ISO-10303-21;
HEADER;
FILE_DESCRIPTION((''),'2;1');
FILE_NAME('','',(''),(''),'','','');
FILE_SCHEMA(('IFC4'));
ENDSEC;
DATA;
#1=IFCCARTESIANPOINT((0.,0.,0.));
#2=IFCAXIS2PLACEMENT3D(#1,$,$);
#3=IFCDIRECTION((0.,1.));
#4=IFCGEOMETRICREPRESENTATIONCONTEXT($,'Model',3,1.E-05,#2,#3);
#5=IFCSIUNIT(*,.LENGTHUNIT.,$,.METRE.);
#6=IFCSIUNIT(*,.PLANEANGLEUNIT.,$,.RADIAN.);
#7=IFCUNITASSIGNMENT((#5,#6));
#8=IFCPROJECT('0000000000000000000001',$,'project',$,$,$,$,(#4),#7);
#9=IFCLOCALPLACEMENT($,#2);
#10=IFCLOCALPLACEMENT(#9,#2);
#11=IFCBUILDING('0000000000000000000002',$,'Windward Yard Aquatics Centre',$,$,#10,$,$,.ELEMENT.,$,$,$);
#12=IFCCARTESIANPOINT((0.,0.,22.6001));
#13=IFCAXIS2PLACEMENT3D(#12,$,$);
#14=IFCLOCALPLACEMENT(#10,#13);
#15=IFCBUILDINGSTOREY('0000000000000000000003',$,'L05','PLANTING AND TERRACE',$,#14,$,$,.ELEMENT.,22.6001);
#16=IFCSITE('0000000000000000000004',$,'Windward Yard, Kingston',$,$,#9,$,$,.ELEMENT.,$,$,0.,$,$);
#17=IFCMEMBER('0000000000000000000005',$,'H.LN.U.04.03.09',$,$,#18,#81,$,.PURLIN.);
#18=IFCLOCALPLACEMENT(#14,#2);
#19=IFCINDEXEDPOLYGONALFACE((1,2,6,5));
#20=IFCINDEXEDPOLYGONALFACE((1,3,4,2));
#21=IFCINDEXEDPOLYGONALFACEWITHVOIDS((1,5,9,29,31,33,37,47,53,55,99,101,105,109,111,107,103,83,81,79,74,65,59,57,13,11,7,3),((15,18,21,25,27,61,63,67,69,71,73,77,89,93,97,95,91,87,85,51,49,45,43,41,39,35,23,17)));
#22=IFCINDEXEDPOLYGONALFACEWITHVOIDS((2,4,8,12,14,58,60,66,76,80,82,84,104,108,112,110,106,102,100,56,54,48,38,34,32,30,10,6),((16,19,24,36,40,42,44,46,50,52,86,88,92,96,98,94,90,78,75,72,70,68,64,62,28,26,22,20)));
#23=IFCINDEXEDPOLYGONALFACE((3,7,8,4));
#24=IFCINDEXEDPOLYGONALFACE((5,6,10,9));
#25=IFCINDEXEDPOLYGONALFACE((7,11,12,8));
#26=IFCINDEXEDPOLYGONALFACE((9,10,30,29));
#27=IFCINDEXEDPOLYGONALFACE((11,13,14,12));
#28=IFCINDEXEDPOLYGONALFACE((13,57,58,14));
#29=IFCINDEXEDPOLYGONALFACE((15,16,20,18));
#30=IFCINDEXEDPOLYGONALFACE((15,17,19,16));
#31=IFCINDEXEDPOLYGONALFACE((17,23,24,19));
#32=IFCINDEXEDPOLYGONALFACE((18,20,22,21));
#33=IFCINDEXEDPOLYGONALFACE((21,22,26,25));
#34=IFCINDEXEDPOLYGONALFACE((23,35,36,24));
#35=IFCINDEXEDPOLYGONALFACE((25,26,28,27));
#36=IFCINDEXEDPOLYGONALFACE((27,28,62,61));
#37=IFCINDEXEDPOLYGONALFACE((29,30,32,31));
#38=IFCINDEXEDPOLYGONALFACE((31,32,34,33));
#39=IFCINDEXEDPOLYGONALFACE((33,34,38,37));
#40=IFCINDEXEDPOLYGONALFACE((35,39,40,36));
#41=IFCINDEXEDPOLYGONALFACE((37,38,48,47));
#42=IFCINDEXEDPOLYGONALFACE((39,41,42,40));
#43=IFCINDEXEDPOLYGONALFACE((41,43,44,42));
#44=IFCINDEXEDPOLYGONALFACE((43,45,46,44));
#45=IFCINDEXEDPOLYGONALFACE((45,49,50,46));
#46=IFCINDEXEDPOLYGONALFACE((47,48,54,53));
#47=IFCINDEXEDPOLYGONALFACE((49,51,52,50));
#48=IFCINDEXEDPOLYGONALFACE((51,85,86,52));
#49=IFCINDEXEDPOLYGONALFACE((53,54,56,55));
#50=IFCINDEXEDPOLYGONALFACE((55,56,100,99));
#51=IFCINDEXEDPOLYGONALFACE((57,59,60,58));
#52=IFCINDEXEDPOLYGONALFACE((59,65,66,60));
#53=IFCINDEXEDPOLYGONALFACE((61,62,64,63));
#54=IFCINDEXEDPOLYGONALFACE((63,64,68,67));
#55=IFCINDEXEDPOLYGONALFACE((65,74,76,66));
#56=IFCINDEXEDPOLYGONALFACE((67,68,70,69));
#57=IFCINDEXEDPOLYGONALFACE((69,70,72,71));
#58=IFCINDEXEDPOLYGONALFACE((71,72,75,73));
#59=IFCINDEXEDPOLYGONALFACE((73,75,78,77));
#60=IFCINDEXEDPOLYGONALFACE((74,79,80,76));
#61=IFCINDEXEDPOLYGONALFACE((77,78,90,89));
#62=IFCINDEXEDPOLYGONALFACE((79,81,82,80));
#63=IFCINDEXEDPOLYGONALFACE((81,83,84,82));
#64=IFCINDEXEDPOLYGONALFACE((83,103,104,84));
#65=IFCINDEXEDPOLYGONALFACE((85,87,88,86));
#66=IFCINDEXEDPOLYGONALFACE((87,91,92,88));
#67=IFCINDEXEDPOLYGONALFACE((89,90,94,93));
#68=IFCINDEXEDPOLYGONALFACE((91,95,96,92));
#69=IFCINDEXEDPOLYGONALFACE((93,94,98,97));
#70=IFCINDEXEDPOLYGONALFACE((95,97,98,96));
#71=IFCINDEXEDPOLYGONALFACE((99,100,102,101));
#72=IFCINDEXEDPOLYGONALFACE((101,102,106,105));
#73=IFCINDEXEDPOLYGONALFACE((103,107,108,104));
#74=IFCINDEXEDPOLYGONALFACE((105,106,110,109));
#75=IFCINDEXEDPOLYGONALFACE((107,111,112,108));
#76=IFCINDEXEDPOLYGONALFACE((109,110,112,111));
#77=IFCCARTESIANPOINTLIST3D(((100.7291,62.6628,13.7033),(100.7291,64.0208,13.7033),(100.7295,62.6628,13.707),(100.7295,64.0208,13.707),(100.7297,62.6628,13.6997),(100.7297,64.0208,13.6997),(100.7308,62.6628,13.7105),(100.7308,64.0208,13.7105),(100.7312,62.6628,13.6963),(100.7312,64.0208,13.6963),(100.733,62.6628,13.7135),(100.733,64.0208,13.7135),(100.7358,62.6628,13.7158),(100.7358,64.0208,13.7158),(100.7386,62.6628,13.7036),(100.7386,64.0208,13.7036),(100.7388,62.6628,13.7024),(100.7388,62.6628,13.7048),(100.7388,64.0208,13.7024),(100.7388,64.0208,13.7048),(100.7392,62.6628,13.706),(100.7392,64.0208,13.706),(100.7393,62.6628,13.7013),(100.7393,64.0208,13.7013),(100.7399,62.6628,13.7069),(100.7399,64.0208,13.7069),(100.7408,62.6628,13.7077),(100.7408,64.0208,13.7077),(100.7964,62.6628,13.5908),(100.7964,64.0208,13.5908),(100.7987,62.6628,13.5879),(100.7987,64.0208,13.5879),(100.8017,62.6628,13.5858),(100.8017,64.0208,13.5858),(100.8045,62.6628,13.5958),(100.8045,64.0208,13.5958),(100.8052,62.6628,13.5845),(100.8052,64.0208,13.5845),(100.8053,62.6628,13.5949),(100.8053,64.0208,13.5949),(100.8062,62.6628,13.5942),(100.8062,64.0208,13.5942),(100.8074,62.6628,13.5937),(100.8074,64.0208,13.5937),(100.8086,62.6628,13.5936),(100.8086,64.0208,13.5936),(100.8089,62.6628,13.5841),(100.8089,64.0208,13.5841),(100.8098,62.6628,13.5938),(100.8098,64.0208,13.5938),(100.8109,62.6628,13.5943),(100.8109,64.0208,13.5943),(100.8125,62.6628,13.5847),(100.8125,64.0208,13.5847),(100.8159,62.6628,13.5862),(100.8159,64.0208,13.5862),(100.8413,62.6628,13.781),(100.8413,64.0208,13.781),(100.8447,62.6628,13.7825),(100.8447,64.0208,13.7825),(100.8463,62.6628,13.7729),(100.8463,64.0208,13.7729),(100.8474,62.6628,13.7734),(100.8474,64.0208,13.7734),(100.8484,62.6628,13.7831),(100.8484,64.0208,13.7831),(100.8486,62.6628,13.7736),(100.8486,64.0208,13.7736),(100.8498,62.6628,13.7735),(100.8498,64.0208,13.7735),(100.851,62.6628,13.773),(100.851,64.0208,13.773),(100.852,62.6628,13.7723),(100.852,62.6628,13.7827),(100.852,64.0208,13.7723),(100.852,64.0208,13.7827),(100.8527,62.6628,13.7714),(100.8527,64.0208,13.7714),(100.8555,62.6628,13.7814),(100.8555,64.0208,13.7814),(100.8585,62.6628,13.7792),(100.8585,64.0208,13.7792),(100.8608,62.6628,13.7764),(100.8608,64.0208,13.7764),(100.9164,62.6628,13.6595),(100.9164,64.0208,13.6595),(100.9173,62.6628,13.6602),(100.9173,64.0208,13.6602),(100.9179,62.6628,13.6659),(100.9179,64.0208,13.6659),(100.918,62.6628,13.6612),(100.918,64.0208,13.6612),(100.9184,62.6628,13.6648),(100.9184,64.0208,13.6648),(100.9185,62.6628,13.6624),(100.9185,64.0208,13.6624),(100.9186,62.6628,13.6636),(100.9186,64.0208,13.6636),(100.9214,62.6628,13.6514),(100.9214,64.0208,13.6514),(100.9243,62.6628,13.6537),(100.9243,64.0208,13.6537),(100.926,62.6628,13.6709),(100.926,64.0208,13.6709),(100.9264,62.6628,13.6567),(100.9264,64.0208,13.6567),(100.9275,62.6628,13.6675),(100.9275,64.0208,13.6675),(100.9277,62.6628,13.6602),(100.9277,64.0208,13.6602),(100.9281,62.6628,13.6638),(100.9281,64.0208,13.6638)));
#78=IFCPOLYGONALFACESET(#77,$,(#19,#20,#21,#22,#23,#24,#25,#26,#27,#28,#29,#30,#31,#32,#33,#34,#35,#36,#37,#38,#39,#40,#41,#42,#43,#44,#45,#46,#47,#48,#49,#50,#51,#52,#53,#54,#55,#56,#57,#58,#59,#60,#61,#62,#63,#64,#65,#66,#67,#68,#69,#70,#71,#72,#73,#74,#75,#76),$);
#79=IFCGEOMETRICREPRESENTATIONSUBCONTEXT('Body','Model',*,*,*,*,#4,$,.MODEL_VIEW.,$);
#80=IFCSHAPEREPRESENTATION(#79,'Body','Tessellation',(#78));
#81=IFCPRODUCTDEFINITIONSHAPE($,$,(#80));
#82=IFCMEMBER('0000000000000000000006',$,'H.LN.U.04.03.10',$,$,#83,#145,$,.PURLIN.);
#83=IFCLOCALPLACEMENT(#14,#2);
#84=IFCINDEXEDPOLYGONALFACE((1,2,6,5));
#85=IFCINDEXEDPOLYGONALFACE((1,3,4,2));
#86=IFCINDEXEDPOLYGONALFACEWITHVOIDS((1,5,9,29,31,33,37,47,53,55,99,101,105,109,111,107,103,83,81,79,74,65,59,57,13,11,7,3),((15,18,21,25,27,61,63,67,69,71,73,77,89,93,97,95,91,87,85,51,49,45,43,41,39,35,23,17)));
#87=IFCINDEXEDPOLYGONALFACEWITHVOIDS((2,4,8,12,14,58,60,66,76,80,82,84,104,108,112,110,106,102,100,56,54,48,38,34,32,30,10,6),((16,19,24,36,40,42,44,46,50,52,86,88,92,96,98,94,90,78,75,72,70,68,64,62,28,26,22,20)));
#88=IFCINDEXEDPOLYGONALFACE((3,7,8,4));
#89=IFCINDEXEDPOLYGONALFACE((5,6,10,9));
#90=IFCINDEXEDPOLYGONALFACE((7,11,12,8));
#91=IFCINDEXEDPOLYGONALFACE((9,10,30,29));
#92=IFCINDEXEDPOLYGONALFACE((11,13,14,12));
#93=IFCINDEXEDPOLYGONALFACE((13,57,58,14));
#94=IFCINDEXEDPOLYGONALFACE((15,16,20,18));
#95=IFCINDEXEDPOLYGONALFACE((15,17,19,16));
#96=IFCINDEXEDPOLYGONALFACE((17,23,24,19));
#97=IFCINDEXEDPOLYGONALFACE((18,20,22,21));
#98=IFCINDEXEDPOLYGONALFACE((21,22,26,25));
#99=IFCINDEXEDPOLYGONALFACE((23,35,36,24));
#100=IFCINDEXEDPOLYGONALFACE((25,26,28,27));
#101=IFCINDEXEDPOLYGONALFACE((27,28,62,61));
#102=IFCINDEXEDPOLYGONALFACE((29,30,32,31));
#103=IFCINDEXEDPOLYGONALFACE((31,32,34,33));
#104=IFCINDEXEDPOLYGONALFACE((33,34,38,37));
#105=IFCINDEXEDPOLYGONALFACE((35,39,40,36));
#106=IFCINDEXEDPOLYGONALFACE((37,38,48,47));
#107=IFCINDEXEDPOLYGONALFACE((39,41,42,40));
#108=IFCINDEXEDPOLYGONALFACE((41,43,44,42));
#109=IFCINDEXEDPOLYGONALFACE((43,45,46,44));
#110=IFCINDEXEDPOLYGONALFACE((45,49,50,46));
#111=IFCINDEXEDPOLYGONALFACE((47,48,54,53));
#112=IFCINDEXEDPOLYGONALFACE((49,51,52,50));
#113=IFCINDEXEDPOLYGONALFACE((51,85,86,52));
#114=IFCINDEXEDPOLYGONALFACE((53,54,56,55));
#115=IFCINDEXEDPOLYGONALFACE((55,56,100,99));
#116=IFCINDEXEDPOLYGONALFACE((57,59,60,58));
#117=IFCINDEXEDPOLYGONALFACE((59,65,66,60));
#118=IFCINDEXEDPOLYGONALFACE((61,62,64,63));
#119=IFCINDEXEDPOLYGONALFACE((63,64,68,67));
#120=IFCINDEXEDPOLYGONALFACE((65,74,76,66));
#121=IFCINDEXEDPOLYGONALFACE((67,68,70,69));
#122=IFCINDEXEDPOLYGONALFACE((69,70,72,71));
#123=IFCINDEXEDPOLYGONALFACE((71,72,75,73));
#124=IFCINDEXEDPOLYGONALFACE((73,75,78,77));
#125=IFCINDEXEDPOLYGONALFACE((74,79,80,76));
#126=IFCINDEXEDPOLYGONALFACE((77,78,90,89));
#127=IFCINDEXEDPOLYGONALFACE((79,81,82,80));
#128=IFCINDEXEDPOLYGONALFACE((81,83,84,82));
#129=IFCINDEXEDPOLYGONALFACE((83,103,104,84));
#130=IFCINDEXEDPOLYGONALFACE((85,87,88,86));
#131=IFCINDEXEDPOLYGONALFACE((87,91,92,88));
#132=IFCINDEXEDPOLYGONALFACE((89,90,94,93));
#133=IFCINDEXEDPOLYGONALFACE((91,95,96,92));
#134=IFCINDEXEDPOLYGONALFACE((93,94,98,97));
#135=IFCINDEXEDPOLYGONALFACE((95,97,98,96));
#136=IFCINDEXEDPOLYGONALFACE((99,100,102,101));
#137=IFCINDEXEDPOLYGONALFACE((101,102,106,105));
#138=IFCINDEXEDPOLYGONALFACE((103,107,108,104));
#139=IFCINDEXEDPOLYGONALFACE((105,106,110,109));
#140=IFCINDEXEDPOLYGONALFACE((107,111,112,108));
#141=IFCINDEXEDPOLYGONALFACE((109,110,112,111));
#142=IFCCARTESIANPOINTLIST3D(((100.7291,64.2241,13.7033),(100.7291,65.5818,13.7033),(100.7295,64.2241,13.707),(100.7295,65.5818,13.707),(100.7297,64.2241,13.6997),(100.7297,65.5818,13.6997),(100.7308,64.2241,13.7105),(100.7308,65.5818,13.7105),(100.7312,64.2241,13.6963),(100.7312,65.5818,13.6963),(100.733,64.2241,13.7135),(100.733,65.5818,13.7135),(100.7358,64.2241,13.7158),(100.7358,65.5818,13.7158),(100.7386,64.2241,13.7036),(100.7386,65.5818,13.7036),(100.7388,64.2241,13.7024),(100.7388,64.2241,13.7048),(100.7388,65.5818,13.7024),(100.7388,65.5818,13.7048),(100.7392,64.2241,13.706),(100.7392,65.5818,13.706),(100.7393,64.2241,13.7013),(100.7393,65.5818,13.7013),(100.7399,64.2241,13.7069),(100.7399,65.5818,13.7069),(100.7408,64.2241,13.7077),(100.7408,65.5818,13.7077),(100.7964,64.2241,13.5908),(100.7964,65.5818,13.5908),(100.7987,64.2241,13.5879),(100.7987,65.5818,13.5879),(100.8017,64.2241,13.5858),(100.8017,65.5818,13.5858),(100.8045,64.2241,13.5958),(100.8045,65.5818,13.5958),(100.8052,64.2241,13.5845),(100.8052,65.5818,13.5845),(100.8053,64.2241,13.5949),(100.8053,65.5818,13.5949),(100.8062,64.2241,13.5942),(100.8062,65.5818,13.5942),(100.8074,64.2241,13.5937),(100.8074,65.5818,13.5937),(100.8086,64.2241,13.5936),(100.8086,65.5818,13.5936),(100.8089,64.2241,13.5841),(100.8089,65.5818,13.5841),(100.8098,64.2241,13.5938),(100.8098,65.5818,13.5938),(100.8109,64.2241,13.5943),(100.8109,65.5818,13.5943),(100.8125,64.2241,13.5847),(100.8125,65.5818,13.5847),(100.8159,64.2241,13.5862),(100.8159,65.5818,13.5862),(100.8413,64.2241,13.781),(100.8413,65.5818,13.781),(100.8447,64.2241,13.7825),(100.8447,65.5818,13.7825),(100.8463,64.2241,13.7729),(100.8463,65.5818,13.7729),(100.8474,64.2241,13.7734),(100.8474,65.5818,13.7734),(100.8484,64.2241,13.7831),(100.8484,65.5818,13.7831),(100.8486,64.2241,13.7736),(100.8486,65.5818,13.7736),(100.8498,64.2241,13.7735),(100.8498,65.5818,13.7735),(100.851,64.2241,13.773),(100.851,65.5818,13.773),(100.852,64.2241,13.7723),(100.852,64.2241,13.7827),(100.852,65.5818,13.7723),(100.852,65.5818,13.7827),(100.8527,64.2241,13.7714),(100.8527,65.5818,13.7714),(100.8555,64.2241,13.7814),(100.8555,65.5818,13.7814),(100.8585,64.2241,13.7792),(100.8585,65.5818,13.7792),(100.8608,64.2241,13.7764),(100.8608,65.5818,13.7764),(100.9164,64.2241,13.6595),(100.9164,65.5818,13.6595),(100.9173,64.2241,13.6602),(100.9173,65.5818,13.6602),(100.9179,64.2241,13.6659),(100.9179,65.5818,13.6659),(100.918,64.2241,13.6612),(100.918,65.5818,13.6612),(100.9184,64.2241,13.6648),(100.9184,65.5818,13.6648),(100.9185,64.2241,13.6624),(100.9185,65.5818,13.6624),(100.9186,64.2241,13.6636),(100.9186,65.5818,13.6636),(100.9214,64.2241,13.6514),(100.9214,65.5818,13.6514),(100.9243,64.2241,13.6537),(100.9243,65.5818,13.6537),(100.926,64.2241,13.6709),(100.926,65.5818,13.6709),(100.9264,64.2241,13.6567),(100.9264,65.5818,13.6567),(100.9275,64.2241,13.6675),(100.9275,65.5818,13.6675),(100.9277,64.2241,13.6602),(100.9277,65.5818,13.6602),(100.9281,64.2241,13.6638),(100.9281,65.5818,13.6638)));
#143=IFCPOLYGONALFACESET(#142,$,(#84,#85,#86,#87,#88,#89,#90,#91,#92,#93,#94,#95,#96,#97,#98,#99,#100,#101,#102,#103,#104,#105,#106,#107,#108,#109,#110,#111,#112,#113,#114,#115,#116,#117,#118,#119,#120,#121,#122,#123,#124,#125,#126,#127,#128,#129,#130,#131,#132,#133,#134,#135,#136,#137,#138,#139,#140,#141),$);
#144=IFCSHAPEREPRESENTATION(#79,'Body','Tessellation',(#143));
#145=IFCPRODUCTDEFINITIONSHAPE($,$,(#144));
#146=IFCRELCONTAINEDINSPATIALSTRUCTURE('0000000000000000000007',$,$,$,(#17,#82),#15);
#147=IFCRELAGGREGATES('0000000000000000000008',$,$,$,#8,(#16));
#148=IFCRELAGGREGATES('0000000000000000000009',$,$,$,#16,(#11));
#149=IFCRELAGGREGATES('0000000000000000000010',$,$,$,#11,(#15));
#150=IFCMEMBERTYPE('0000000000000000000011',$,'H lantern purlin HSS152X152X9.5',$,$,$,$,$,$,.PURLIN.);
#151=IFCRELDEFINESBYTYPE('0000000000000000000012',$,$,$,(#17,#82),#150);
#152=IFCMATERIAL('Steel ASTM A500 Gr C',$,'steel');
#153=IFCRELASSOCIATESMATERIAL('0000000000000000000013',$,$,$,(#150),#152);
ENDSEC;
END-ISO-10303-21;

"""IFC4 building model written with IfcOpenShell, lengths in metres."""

from ifc_helpers import new_model, si_unit, direction, frame, origin, origin_2d, place, context, subcontext, project, spatial, hollow_rectangle, extrude, material, material_profile, profile_set, type_object, element, save


model = new_model("IFC4")

# Units and contexts
model_context = context("Model", 3, precision=1e-05, world=origin(), true_north=direction((0.0, 1.0)))
body_context = subcontext(model_context, "Body", "Model", "MODEL_VIEW")
ifc_project = project(units=[si_unit("LENGTHUNIT", "METRE"), si_unit("PLANEANGLEUNIT", "RADIAN")], contexts=[model_context])

# Site, building, storey
site_placement = place(None, origin())
site = spatial("IfcSite", under=ifc_project, at=site_placement, Name="Windward Yard, Kingston", CompositionType="ELEMENT", RefElevation=0.0)
building_placement = place(site_placement, origin())
building = spatial("IfcBuilding", under=site, at=building_placement, Name="Windward Yard Aquatics Centre", CompositionType="ELEMENT")
storey_placement = place(building_placement, frame((0.0, 0.0, 22.6001)))
storey = spatial("IfcBuildingStorey", under=building, at=storey_placement, Name="L05", Description="PLANTING AND TERRACE", CompositionType="ELEMENT", Elevation=22.6001)

# Members
ifc_material_1 = material(Name="Steel ASTM A500 Gr C", Category="steel")
ifc_material_profile_1 = material_profile(ifc_material_1, hollow_rectangle(XDim=0.1523, YDim=0.1523, WallThickness=0.0095, InnerFilletRadius=0.0046, OuterFilletRadius=0.0142, at=origin_2d()), Name="HSS152X152X9.5")
ifc_profile_set_1 = profile_set([ifc_material_profile_1], Name="Steel ASTM A500 Gr C")
member_type_1 = type_object("IfcMemberType", Name="H lantern purlin HSS152X152X9.5", PredefinedType="PURLIN", material=ifc_profile_set_1)
for number, where, z_axis, x_axis, name in (
    (1, (100.8286, 62.6628, 13.6836), (0.0, 1.0, 0.0), (-0.850755, 0.0, -0.525562), "H.LN.U.04.03.09"),
):
    element("IfcMember", number, at=place(storey_placement, frame(where, z_axis=z_axis, x_axis=x_axis)), inside=storey, type_object=member_type_1, Name=name, PredefinedType="PURLIN", context=body_context, shape_type="SweptSolid", body=[
        extrude(hollow_rectangle(XDim=0.1523, YDim=0.1523, WallThickness=0.0095, InnerFilletRadius=0.0046, OuterFilletRadius=0.0142, at=origin_2d()), origin(), (0.0, 0.0, 1.0), 1.3579),
    ])
member_1_placement = place(storey_placement, frame((100.8286, 64.2241, 13.6836), z_axis=(0.0, 1.0, 0.0), x_axis=(-0.850755, 0.0, -0.525562)))
element("IfcMember", 2, at=member_1_placement, inside=storey, type_object=member_type_1, Name="H.LN.U.04.03.10", PredefinedType="PURLIN", context=body_context, shape_type="SweptSolid", body=[
    extrude(hollow_rectangle(XDim=0.1523, YDim=0.1523, WallThickness=0.0095, InnerFilletRadius=0.0046, OuterFilletRadius=0.0142, at=origin_2d()), origin(), (0.0, 0.0, 1.0), 1.3577),
])

save(model, "model.ifc")
